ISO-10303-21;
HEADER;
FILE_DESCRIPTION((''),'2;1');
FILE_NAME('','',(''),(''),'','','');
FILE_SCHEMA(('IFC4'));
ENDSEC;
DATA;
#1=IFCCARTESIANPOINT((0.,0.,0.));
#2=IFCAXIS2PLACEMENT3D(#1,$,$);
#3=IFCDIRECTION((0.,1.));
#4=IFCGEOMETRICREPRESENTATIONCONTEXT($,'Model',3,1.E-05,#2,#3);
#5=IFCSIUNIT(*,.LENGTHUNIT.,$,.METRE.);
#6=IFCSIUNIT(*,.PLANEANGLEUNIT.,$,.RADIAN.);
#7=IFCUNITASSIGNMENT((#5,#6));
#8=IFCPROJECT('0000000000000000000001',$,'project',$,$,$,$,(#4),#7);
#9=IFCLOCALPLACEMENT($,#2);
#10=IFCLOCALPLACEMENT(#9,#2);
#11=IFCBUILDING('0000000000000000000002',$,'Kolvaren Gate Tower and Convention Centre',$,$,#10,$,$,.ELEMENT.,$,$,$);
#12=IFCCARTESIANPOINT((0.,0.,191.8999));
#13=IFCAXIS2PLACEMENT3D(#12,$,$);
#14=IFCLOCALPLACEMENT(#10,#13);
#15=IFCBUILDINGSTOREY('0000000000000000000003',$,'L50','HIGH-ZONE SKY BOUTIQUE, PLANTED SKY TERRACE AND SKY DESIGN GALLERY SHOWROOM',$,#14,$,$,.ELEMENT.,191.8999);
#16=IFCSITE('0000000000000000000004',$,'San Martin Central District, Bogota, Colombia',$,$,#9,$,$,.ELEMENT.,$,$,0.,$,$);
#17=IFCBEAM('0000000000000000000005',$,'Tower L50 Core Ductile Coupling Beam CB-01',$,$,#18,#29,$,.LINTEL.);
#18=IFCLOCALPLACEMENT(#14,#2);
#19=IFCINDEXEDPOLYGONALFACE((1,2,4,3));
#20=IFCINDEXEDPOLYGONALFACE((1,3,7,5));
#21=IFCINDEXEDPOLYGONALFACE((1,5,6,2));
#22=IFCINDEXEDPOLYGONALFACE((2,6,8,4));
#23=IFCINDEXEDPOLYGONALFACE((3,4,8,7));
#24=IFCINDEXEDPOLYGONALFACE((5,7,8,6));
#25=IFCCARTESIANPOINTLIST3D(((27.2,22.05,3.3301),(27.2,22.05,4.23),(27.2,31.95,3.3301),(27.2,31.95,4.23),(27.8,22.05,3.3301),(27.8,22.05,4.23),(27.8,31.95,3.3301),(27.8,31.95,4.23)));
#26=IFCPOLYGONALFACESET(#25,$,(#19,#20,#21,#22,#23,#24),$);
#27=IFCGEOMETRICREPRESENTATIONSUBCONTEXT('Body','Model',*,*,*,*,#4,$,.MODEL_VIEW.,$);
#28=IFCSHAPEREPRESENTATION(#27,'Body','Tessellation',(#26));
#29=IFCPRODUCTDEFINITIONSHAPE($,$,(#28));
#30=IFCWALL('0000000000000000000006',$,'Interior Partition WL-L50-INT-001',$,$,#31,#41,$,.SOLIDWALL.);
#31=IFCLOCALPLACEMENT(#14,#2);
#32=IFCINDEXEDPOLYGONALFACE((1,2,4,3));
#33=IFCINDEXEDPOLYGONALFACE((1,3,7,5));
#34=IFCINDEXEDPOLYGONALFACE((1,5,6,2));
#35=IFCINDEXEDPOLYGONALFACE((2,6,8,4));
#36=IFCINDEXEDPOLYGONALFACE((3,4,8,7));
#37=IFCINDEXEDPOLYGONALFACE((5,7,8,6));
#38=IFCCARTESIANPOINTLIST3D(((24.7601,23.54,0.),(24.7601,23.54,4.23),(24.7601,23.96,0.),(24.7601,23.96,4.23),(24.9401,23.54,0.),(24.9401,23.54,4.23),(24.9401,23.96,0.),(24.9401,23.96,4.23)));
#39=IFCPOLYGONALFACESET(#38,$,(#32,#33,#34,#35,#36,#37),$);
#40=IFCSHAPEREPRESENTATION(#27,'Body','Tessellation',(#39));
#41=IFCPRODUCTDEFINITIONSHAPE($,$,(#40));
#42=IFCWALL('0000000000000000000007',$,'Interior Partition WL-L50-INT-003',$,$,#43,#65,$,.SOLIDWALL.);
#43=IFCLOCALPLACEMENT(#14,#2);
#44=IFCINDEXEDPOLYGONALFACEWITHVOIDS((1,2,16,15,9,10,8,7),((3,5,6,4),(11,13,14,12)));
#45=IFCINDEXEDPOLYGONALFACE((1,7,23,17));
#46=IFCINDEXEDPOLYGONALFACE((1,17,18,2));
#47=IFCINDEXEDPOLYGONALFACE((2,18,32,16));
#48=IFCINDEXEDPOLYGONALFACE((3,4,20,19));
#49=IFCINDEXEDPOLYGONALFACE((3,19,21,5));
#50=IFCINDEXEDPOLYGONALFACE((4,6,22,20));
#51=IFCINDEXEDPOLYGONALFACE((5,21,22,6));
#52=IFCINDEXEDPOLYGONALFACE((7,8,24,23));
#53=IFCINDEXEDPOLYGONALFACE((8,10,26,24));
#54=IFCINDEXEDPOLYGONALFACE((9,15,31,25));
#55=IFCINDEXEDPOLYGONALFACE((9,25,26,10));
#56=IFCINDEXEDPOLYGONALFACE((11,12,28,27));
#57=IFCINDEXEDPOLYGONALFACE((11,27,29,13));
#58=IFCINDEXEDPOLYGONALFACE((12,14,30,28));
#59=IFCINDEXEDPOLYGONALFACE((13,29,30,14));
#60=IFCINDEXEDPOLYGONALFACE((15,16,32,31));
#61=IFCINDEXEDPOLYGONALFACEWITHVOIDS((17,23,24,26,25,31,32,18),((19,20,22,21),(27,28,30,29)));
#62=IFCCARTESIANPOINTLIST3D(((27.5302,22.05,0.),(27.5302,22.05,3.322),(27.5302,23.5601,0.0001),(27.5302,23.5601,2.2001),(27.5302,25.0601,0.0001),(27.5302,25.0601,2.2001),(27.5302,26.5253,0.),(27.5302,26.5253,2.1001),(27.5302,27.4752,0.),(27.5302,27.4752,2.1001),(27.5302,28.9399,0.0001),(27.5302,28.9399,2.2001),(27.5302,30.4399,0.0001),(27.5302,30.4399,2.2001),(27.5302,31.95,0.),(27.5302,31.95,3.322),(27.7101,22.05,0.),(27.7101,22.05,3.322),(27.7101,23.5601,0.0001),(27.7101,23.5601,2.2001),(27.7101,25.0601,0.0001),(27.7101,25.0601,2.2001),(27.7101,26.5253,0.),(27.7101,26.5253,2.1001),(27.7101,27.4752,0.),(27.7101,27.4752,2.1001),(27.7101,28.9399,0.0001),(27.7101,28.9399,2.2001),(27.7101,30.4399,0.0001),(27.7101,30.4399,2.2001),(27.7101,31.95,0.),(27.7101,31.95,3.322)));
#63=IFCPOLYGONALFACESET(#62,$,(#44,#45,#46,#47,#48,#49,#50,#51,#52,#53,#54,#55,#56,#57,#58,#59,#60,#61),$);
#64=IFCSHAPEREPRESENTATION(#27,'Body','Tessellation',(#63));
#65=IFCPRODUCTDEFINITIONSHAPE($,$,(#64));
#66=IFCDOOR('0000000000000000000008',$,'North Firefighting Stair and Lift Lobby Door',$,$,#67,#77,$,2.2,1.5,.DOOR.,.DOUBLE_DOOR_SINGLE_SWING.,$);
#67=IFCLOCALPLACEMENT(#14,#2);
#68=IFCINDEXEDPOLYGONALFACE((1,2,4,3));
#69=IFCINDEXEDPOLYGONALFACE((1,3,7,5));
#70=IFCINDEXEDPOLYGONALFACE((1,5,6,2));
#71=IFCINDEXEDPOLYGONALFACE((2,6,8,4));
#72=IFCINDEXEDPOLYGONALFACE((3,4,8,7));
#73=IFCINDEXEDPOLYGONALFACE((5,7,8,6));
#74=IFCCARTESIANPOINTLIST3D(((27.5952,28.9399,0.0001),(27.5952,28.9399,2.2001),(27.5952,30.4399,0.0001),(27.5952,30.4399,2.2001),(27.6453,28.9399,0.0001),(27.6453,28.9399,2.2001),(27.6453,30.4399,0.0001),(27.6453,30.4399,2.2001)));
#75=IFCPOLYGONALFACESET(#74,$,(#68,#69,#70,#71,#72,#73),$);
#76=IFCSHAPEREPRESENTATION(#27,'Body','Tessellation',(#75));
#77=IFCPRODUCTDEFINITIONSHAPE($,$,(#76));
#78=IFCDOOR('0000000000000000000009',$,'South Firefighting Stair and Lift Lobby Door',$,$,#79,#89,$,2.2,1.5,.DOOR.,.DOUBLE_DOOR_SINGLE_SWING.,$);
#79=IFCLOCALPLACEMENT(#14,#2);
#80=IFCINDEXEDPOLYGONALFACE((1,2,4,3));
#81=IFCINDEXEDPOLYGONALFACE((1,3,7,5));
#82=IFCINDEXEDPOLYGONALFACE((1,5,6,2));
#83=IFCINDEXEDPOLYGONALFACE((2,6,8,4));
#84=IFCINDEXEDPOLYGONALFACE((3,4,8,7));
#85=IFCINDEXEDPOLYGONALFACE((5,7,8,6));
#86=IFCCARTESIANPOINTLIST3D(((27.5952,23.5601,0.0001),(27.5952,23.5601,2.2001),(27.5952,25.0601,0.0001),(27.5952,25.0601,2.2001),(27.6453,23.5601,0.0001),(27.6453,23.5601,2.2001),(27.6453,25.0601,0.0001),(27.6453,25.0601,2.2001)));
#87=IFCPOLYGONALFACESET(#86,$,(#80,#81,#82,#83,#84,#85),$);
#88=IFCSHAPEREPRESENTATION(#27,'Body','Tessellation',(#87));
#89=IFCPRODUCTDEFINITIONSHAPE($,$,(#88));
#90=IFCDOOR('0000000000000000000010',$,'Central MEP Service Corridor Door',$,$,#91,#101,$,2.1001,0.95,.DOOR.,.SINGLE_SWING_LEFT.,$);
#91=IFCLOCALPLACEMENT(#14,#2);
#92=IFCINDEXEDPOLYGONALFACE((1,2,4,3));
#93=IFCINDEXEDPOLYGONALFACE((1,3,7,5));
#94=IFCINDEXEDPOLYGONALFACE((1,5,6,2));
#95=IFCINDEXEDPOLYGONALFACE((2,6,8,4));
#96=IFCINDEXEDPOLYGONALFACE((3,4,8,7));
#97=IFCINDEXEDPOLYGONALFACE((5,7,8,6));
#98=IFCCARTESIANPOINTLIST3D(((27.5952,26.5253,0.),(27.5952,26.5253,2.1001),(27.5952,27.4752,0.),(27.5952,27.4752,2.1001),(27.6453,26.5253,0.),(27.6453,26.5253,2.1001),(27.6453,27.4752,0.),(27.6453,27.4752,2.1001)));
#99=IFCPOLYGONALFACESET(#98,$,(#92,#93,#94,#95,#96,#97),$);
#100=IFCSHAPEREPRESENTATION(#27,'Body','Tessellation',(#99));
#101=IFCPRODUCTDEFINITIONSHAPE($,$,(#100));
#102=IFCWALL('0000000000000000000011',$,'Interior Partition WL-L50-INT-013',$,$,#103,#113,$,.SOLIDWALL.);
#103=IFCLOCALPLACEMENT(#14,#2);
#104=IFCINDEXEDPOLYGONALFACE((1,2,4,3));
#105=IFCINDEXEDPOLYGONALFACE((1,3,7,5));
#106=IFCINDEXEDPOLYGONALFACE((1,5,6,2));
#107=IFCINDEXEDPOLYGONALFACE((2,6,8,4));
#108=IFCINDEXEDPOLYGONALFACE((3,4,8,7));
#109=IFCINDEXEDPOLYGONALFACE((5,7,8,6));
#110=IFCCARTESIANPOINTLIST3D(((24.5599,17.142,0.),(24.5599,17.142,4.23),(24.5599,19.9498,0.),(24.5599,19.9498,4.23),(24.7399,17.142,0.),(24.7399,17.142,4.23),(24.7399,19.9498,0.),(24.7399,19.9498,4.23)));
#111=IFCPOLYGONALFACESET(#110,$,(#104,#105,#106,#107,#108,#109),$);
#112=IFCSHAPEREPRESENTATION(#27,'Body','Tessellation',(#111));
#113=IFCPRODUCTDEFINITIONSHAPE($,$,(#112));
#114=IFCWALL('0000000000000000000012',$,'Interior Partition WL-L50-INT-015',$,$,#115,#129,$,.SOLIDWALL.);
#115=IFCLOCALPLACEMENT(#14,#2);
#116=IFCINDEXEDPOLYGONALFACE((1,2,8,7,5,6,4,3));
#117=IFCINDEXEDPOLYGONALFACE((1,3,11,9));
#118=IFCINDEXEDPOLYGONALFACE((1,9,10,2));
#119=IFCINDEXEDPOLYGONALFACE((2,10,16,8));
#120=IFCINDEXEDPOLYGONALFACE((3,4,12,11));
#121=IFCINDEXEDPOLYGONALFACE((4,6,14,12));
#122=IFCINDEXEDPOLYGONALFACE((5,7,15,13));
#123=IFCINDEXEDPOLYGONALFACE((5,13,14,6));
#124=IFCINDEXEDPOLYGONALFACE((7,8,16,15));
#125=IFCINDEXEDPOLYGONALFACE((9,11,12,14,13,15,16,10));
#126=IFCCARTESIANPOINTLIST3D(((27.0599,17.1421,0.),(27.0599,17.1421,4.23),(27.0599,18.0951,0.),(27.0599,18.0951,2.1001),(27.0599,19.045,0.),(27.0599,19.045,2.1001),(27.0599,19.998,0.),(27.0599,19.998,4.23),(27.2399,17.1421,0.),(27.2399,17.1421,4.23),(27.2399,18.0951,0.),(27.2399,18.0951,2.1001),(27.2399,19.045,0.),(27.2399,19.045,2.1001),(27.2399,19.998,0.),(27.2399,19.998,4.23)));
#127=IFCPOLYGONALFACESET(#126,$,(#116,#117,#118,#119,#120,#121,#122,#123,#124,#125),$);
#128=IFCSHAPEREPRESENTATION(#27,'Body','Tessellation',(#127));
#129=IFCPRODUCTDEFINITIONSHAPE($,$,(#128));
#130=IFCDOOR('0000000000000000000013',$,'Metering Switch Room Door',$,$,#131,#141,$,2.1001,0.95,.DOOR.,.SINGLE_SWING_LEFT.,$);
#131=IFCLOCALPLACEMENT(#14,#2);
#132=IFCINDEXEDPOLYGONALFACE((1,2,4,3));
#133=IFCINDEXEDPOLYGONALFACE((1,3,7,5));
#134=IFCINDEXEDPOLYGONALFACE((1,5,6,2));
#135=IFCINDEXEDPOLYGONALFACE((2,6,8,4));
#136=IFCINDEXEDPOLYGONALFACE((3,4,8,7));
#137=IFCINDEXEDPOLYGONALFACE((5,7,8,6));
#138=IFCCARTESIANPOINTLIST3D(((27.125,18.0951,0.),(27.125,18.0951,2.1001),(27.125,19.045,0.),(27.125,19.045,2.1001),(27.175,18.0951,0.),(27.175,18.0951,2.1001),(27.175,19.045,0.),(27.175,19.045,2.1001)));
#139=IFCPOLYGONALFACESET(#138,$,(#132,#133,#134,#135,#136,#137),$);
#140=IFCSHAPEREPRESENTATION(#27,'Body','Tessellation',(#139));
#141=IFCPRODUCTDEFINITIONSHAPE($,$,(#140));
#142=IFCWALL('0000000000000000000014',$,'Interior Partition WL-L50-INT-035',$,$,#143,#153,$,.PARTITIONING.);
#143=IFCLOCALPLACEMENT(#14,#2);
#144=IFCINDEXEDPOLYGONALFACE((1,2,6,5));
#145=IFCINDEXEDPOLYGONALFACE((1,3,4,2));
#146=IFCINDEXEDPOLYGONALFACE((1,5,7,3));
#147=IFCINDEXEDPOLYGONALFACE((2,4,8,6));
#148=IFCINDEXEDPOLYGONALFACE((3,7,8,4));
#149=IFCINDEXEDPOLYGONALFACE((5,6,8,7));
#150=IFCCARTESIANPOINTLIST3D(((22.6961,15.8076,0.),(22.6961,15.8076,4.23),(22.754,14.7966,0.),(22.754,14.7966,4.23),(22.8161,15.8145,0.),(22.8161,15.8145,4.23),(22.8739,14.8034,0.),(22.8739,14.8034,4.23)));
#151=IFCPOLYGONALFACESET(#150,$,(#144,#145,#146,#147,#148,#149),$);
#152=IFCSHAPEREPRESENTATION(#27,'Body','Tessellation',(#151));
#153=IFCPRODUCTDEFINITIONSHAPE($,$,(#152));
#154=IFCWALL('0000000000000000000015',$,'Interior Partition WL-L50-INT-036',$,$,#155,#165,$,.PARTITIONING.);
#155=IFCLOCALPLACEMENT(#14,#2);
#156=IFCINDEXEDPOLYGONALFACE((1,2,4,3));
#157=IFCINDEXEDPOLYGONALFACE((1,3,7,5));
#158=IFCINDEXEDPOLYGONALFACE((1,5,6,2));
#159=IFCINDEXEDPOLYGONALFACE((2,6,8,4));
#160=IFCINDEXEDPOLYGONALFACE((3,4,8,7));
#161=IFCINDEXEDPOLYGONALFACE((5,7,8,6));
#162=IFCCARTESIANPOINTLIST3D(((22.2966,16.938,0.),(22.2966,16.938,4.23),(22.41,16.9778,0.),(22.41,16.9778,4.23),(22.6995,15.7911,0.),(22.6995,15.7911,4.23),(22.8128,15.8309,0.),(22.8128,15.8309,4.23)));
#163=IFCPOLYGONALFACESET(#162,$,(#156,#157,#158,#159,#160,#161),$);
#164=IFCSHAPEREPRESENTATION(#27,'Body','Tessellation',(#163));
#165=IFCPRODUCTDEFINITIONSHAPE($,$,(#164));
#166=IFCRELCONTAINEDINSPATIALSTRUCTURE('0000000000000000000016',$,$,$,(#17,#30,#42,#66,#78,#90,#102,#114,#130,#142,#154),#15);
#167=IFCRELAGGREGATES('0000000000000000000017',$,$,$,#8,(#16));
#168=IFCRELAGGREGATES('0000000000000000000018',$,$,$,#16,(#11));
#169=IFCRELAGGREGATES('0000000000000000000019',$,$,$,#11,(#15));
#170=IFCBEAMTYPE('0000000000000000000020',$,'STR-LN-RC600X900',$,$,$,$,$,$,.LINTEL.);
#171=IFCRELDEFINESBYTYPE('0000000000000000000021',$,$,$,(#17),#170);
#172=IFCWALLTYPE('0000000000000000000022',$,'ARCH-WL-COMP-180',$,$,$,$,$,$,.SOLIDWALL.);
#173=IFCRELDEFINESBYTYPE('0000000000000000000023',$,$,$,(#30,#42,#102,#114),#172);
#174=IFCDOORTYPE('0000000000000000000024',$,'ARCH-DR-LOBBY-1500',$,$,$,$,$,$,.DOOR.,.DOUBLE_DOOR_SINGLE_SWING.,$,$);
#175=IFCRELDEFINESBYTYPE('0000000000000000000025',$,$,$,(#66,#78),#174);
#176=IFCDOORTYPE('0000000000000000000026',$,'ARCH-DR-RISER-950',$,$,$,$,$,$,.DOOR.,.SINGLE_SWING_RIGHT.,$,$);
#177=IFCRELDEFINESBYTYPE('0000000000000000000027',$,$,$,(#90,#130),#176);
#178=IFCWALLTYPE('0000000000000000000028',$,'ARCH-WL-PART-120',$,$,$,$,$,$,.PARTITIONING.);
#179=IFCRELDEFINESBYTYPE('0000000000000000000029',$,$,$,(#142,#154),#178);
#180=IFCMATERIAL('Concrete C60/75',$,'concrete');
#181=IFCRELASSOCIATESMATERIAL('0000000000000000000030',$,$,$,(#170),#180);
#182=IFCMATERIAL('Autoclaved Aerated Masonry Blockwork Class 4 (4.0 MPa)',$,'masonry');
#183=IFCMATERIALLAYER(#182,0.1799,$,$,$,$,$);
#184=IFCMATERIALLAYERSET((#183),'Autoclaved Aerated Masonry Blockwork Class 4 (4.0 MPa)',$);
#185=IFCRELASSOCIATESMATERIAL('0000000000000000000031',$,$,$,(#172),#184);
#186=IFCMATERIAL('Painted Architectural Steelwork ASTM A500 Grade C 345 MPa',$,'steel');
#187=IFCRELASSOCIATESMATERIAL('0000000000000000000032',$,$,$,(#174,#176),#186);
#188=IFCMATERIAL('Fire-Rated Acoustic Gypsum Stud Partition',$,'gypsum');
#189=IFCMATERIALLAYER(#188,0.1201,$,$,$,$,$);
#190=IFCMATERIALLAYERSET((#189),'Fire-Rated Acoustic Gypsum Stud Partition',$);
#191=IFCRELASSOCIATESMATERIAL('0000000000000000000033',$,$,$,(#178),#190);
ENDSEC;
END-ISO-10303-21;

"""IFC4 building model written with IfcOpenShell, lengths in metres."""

from ifc_helpers import new_model, si_unit, direction, frame, frame_2d, origin, origin_2d, place, context, subcontext, project, spatial, rectangle, extrude, material, layer, layer_set, material_profile, profile_set, type_object, element, fill, save


model = new_model("IFC4")

# Units and contexts
model_context = context("Model", 3, precision=1e-05, world=origin(), true_north=direction((0.0, 1.0)))
body_context = subcontext(model_context, "Body", "Model", "MODEL_VIEW")
ifc_project = project(units=[si_unit("LENGTHUNIT", "METRE"), si_unit("PLANEANGLEUNIT", "RADIAN")], contexts=[model_context])

# Site, building, storey
site_placement = place(None, origin())
site = spatial("IfcSite", under=ifc_project, at=site_placement, Name="San Martin Central District, Bogota, Colombia", CompositionType="ELEMENT", RefElevation=0.0)
building_placement = place(site_placement, origin())
building = spatial("IfcBuilding", under=site, at=building_placement, Name="Kolvaren Gate Tower and Convention Centre", CompositionType="ELEMENT")
storey_placement = place(building_placement, frame((0.0, 0.0, 191.8999)))
storey = spatial("IfcBuildingStorey", under=building, at=storey_placement, Name="L50", Description="HIGH-ZONE SKY BOUTIQUE, PLANTED SKY TERRACE AND SKY DESIGN GALLERY SHOWROOM", CompositionType="ELEMENT", Elevation=191.8999)

# Beam
ifc_material_1 = material(Name="Concrete C60/75", Category="concrete")
ifc_material_profile = material_profile(ifc_material_1, rectangle(XDim=0.6001, YDim=0.8999, at=origin_2d()), Name="RC-BM-600X900")
ifc_profile_set = profile_set([ifc_material_profile], Name="Concrete C60/75")
beam_type = type_object("IfcBeamType", Name="STR-LN-RC600X900", PredefinedType="LINTEL", material=ifc_profile_set)
beam_placement = place(storey_placement, frame((27.5, 22.05, 3.78), z_axis=(0.0, 1.0, 0.0), x_axis=(-1.0, 0.0, 0.0)))
element("IfcBeam", 1, at=beam_placement, inside=storey, type_object=beam_type, Name="Tower L50 Core Ductile Coupling Beam CB-01", PredefinedType="LINTEL", context=body_context, shape_type="SweptSolid", body=[
    extrude(rectangle(XDim=0.6001, YDim=0.8999, at=origin_2d()), origin(), (0.0, 0.0, 1.0), 9.8999),
])

# Wall
ifc_material_2 = material(Name="Autoclaved Aerated Masonry Blockwork Class 4 (4.0 MPa)", Category="masonry")
ifc_layer_1 = layer(ifc_material_2, 0.1799)
ifc_layer_set_1 = layer_set([ifc_layer_1], Name="Autoclaved Aerated Masonry Blockwork Class 4 (4.0 MPa)")
wall_type_1 = type_object("IfcWallType", Name="ARCH-WL-COMP-180", PredefinedType="SOLIDWALL", material=ifc_layer_set_1)
wall_1_placement = place(storey_placement, frame((24.8501, 23.54, 0.0), z_axis=(0.0, 0.0, 1.0), x_axis=(0.0, 1.0, 0.0)))
element("IfcWall", 2, at=wall_1_placement, inside=storey, type_object=wall_type_1, Name="Interior Partition WL-L50-INT-001", PredefinedType="SOLIDWALL", context=body_context, shape_type="SweptSolid", body=[
    extrude(rectangle(XDim=0.4199, YDim=0.1799, at=frame_2d((0.21, 0.0))), origin(), (0.0, 0.0, 1.0), 4.23),
])

# Wall, openings, doors
wall_2_placement = place(storey_placement, frame((27.6201, 22.05, 0.0), z_axis=(0.0, 0.0, 1.0), x_axis=(0.0, 1.0, 0.0)))
wall_2 = element("IfcWall", 3, at=wall_2_placement, inside=storey, type_object=wall_type_1, Name="Interior Partition WL-L50-INT-003", PredefinedType="SOLIDWALL", context=body_context, shape_type="SweptSolid", body=[
    extrude(rectangle(XDim=9.8999, YDim=0.1799, at=frame_2d((4.95, 0.0))), origin(), (0.0, 0.0, 1.0), 3.322),
])
opening_1_placement = place(wall_2_placement, frame((4.4751, 0.0, 0.0)))
opening_1 = element("IfcOpeningElement", 4, at=opening_1_placement, cuts=wall_2, PredefinedType="OPENING", context=body_context, shape_type="SweptSolid", body=[
    extrude(rectangle(XDim=0.95, YDim=2.1001, at=frame_2d((0.4751, 1.05))), frame((0.0, 0.0999, 0.0), z_axis=(0.0, -1.0, 0.0), x_axis=(1.0, 0.0, 0.0)), (0.0, 0.0, 1.0), 0.2),
])
opening_2_placement = place(wall_2_placement, frame((6.8899, 0.0, 0.0)))
opening_2 = element("IfcOpeningElement", 5, at=opening_2_placement, cuts=wall_2, PredefinedType="OPENING", context=body_context, shape_type="SweptSolid", body=[
    extrude(rectangle(XDim=1.5, YDim=2.2, at=frame_2d((0.75, 1.1001))), frame((0.0, 0.0999, 0.0), z_axis=(0.0, -1.0, 0.0), x_axis=(1.0, 0.0, 0.0)), (0.0, 0.0, 1.0), 0.2),
])
opening_3_placement = place(wall_2_placement, frame((1.51, 0.0, 0.0)))
opening_3 = element("IfcOpeningElement", 6, at=opening_3_placement, cuts=wall_2, PredefinedType="OPENING", context=body_context, shape_type="SweptSolid", body=[
    extrude(rectangle(XDim=1.5, YDim=2.2, at=frame_2d((0.75, 1.1001))), frame((0.0, 0.0999, 0.0), z_axis=(0.0, -1.0, 0.0), x_axis=(1.0, 0.0, 0.0)), (0.0, 0.0, 1.0), 0.2),
])
ifc_material_3 = material(Name="Painted Architectural Steelwork ASTM A500 Grade C 345 MPa", Category="steel")
door_type_1 = type_object("IfcDoorType", Name="ARCH-DR-LOBBY-1500", OperationType="DOUBLE_DOOR_SINGLE_SWING", PredefinedType="DOOR", material=ifc_material_3)
door_1_placement = place(opening_2_placement, origin())
door_1 = element("IfcDoor", 7, at=door_1_placement, inside=storey, type_object=door_type_1, Name="North Firefighting Stair and Lift Lobby Door", OperationType="DOUBLE_DOOR_SINGLE_SWING", OverallHeight=2.2, OverallWidth=1.5, PredefinedType="DOOR", context=body_context, shape_type="SweptSolid", body=[
    extrude(rectangle(XDim=1.5, YDim=2.2, at=frame_2d((0.75, 1.1001))), frame((0.0, 0.0249, 0.0), z_axis=(0.0, -1.0, 0.0), x_axis=(1.0, 0.0, 0.0)), (0.0, 0.0, 1.0), 0.05),
])
fill(opening_2, door_1)
door_2_placement = place(opening_3_placement, origin())
door_2 = element("IfcDoor", 8, at=door_2_placement, inside=storey, type_object=door_type_1, Name="South Firefighting Stair and Lift Lobby Door", OperationType="DOUBLE_DOOR_SINGLE_SWING", OverallHeight=2.2, OverallWidth=1.5, PredefinedType="DOOR", context=body_context, shape_type="SweptSolid", body=[
    extrude(rectangle(XDim=1.5, YDim=2.2, at=frame_2d((0.75, 1.1001))), frame((0.0, 0.0249, 0.0), z_axis=(0.0, -1.0, 0.0), x_axis=(1.0, 0.0, 0.0)), (0.0, 0.0, 1.0), 0.05),
])
fill(opening_3, door_2)
door_type_2 = type_object("IfcDoorType", Name="ARCH-DR-RISER-950", OperationType="SINGLE_SWING_RIGHT", PredefinedType="DOOR", material=ifc_material_3)
door_3_placement = place(opening_1_placement, origin())
door_3 = element("IfcDoor", 9, at=door_3_placement, inside=storey, type_object=door_type_2, Name="Central MEP Service Corridor Door", OperationType="SINGLE_SWING_LEFT", OverallHeight=2.1001, OverallWidth=0.95, PredefinedType="DOOR", context=body_context, shape_type="SweptSolid", body=[
    extrude(rectangle(XDim=0.95, YDim=2.1001, at=frame_2d((0.4751, 1.05))), frame((0.0, 0.0249, 0.0), z_axis=(0.0, -1.0, 0.0), x_axis=(1.0, 0.0, 0.0)), (0.0, 0.0, 1.0), 0.05),
])
fill(opening_1, door_3)

# Wall
wall_3_placement = place(storey_placement, frame((24.6499, 17.1421, 0.0), z_axis=(0.0, 0.0, 1.0), x_axis=(0.0, 1.0, 0.0)))
element("IfcWall", 10, at=wall_3_placement, inside=storey, type_object=wall_type_1, Name="Interior Partition WL-L50-INT-013", PredefinedType="SOLIDWALL", context=body_context, shape_type="SweptSolid", body=[
    extrude(rectangle(XDim=2.8079, YDim=0.1799, at=frame_2d((1.4038, 0.0))), origin(), (0.0, 0.0, 1.0), 4.23),
])

# Wall, opening, door
wall_4_placement = place(storey_placement, frame((27.1499, 17.1421, 0.0), z_axis=(0.0, 0.0, 1.0), x_axis=(0.0, 1.0, 0.0)))
wall_4 = element("IfcWall", 11, at=wall_4_placement, inside=storey, type_object=wall_type_1, Name="Interior Partition WL-L50-INT-015", PredefinedType="SOLIDWALL", context=body_context, shape_type="SweptSolid", body=[
    extrude(rectangle(XDim=2.856, YDim=0.1799, at=frame_2d((1.428, 0.0))), origin(), (0.0, 0.0, 1.0), 4.23),
])
opening_4_placement = place(wall_4_placement, frame((0.9529, 0.0, 0.0)))
opening_4 = element("IfcOpeningElement", 12, at=opening_4_placement, cuts=wall_4, PredefinedType="OPENING", context=body_context, shape_type="SweptSolid", body=[
    extrude(rectangle(XDim=0.95, YDim=2.1001, at=frame_2d((0.4751, 1.05))), frame((0.0, 0.0999, 0.0), z_axis=(0.0, -1.0, 0.0), x_axis=(1.0, 0.0, 0.0)), (0.0, 0.0, 1.0), 0.2),
])
door_4_placement = place(opening_4_placement, origin())
door_4 = element("IfcDoor", 13, at=door_4_placement, inside=storey, type_object=door_type_2, Name="Metering Switch Room Door", OperationType="SINGLE_SWING_LEFT", OverallHeight=2.1001, OverallWidth=0.95, PredefinedType="DOOR", context=body_context, shape_type="SweptSolid", body=[
    extrude(rectangle(XDim=0.95, YDim=2.1001, at=frame_2d((0.4751, 1.05))), frame((0.0, 0.0249, 0.0), z_axis=(0.0, -1.0, 0.0), x_axis=(1.0, 0.0, 0.0)), (0.0, 0.0, 1.0), 0.05),
])
fill(opening_4, door_4)

# Walls
ifc_material_4 = material(Name="Fire-Rated Acoustic Gypsum Stud Partition", Category="gypsum")
ifc_layer_2 = layer(ifc_material_4, 0.1201)
ifc_layer_set_2 = layer_set([ifc_layer_2], Name="Fire-Rated Acoustic Gypsum Stud Partition")
wall_type_2 = type_object("IfcWallType", Name="ARCH-WL-PART-120", PredefinedType="PARTITIONING", material=ifc_layer_set_2)
wall_5_placement = place(storey_placement, frame((22.7561, 15.811, 0.0), z_axis=(0.0, 0.0, 1.0), x_axis=(0.057139, -0.998366, 0.0)))
element("IfcWall", 14, at=wall_5_placement, inside=storey, type_object=wall_type_2, Name="Interior Partition WL-L50-INT-035", PredefinedType="PARTITIONING", context=body_context, shape_type="SweptSolid", body=[
    extrude(rectangle(XDim=1.0127, YDim=0.1201, at=frame_2d((0.5063, 0.0))), origin(), (0.0, 0.0, 1.0), 4.23),
])
wall_6_placement = place(storey_placement, frame((22.3533, 16.958, 0.0), z_axis=(0.0, 0.0, 1.0), x_axis=(0.33137, -0.943501, 0.0)))
element("IfcWall", 15, at=wall_6_placement, inside=storey, type_object=wall_type_2, Name="Interior Partition WL-L50-INT-036", PredefinedType="PARTITIONING", context=body_context, shape_type="SweptSolid", body=[
    extrude(rectangle(XDim=1.2156, YDim=0.1201, at=frame_2d((0.6079, 0.0))), origin(), (0.0, 0.0, 1.0), 4.23),
])

save(model, "model.ifc")
